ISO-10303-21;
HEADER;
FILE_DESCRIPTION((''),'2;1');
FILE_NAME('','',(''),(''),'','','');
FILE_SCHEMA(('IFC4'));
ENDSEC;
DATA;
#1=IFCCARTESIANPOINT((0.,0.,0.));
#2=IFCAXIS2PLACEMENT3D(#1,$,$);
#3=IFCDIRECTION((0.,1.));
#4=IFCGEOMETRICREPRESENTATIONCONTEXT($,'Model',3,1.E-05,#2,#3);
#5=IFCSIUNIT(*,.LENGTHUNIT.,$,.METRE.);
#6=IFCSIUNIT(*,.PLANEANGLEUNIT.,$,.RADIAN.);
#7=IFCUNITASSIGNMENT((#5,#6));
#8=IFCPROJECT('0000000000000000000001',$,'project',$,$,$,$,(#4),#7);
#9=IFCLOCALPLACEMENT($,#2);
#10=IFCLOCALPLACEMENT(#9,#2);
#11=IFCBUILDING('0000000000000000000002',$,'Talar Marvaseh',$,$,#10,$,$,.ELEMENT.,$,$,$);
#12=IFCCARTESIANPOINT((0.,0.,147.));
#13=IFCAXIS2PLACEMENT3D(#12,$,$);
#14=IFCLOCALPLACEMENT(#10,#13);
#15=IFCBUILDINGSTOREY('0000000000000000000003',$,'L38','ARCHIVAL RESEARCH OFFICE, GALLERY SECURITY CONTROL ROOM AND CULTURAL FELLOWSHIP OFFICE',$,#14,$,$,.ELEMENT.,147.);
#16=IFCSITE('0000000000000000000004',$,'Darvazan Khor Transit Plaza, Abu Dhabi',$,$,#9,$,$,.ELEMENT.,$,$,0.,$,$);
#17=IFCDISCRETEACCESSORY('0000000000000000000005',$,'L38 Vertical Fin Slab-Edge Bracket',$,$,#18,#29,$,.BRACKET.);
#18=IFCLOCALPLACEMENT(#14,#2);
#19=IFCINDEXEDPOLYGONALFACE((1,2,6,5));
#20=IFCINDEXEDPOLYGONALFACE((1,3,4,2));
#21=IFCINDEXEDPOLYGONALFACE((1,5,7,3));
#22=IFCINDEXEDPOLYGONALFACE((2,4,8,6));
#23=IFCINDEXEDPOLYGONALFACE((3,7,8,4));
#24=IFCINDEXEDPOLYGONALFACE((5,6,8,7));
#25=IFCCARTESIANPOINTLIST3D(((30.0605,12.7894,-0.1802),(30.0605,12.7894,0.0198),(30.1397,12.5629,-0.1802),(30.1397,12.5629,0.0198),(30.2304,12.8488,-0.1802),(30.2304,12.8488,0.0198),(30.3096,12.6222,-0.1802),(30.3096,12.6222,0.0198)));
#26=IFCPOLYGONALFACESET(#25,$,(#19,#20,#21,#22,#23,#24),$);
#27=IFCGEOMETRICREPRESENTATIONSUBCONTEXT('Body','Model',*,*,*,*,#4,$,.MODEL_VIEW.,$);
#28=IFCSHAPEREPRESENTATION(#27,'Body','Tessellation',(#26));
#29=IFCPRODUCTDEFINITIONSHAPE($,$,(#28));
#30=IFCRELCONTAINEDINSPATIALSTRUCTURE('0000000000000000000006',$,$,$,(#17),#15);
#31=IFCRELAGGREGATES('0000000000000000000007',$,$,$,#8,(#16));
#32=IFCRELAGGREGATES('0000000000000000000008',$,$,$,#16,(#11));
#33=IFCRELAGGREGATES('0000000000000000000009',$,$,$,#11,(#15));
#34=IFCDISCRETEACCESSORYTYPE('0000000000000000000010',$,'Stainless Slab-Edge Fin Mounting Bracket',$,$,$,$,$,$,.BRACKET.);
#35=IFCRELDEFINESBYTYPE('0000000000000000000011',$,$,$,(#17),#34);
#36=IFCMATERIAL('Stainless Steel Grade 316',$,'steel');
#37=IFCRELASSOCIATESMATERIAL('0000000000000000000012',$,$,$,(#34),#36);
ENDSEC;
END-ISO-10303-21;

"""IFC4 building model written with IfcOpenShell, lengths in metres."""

from ifc_helpers import new_model, si_unit, direction, frame, origin, origin_2d, place, context, subcontext, project, spatial, rectangle, extrude, source, transform, mapped, material, type_object, type_shapes, element, save


model = new_model("IFC4")

# Units and contexts
model_context = context("Model", 3, precision=1e-05, world=origin(), true_north=direction((0.0, 1.0)))
body_context = subcontext(model_context, "Body", "Model", "MODEL_VIEW")
ifc_project = project(units=[si_unit("LENGTHUNIT", "METRE"), si_unit("PLANEANGLEUNIT", "RADIAN")], contexts=[model_context])

# Site, building, storey
site_placement = place(None, origin())
site = spatial("IfcSite", under=ifc_project, at=site_placement, Name="Darvazan Khor Transit Plaza, Abu Dhabi", CompositionType="ELEMENT", RefElevation=0.0)
building_placement = place(site_placement, origin())
building = spatial("IfcBuilding", under=site, at=building_placement, Name="Talar Marvaseh", CompositionType="ELEMENT")
storey_placement = place(building_placement, frame((0.0, 0.0, 147.0)))
storey = spatial("IfcBuildingStorey", under=building, at=storey_placement, Name="L38", Description="ARCHIVAL RESEARCH OFFICE, GALLERY SECURITY CONTROL ROOM AND CULTURAL FELLOWSHIP OFFICE", CompositionType="ELEMENT", Elevation=147.0)

# Shared definitions
ifc_material_1 = material(Name="Stainless Steel Grade 316", Category="steel")

# Discrete accessory
discrete_accessory_type = type_object("IfcDiscreteAccessoryType", Name="Stainless Slab-Edge Fin Mounting Bracket", PredefinedType="BRACKET", material=ifc_material_1)
shared_shape_1 = source(origin(), body_context, "Body", "SweptSolid", [
    extrude(rectangle(XDim=0.24, YDim=0.1799, at=origin_2d()), origin(), (0.0, 0.0, 1.0), 0.2),
])
type_shapes(discrete_accessory_type, [shared_shape_1])
discrete_accessory_placement = place(storey_placement, frame((30.1851, 12.7058, -0.1802), z_axis=(0.0, 0.0, 1.0), x_axis=(0.329855, -0.944031, 0.0)))
element("IfcDiscreteAccessory", 1, at=discrete_accessory_placement, inside=storey, type_object=discrete_accessory_type, Name="L38 Vertical Fin Slab-Edge Bracket", PredefinedType="BRACKET", context=body_context, shape_type="MappedRepresentation", body=[
    mapped(shared_shape_1, transform((0.0, 0.0, 0.0), x_axis=(1.0, 0.0, 0.0), y_axis=(0.0, 1.0, 0.0), z_axis=(0.0, 0.0, 1.0), scale=1.0)),
])

save(model, "model.ifc")
